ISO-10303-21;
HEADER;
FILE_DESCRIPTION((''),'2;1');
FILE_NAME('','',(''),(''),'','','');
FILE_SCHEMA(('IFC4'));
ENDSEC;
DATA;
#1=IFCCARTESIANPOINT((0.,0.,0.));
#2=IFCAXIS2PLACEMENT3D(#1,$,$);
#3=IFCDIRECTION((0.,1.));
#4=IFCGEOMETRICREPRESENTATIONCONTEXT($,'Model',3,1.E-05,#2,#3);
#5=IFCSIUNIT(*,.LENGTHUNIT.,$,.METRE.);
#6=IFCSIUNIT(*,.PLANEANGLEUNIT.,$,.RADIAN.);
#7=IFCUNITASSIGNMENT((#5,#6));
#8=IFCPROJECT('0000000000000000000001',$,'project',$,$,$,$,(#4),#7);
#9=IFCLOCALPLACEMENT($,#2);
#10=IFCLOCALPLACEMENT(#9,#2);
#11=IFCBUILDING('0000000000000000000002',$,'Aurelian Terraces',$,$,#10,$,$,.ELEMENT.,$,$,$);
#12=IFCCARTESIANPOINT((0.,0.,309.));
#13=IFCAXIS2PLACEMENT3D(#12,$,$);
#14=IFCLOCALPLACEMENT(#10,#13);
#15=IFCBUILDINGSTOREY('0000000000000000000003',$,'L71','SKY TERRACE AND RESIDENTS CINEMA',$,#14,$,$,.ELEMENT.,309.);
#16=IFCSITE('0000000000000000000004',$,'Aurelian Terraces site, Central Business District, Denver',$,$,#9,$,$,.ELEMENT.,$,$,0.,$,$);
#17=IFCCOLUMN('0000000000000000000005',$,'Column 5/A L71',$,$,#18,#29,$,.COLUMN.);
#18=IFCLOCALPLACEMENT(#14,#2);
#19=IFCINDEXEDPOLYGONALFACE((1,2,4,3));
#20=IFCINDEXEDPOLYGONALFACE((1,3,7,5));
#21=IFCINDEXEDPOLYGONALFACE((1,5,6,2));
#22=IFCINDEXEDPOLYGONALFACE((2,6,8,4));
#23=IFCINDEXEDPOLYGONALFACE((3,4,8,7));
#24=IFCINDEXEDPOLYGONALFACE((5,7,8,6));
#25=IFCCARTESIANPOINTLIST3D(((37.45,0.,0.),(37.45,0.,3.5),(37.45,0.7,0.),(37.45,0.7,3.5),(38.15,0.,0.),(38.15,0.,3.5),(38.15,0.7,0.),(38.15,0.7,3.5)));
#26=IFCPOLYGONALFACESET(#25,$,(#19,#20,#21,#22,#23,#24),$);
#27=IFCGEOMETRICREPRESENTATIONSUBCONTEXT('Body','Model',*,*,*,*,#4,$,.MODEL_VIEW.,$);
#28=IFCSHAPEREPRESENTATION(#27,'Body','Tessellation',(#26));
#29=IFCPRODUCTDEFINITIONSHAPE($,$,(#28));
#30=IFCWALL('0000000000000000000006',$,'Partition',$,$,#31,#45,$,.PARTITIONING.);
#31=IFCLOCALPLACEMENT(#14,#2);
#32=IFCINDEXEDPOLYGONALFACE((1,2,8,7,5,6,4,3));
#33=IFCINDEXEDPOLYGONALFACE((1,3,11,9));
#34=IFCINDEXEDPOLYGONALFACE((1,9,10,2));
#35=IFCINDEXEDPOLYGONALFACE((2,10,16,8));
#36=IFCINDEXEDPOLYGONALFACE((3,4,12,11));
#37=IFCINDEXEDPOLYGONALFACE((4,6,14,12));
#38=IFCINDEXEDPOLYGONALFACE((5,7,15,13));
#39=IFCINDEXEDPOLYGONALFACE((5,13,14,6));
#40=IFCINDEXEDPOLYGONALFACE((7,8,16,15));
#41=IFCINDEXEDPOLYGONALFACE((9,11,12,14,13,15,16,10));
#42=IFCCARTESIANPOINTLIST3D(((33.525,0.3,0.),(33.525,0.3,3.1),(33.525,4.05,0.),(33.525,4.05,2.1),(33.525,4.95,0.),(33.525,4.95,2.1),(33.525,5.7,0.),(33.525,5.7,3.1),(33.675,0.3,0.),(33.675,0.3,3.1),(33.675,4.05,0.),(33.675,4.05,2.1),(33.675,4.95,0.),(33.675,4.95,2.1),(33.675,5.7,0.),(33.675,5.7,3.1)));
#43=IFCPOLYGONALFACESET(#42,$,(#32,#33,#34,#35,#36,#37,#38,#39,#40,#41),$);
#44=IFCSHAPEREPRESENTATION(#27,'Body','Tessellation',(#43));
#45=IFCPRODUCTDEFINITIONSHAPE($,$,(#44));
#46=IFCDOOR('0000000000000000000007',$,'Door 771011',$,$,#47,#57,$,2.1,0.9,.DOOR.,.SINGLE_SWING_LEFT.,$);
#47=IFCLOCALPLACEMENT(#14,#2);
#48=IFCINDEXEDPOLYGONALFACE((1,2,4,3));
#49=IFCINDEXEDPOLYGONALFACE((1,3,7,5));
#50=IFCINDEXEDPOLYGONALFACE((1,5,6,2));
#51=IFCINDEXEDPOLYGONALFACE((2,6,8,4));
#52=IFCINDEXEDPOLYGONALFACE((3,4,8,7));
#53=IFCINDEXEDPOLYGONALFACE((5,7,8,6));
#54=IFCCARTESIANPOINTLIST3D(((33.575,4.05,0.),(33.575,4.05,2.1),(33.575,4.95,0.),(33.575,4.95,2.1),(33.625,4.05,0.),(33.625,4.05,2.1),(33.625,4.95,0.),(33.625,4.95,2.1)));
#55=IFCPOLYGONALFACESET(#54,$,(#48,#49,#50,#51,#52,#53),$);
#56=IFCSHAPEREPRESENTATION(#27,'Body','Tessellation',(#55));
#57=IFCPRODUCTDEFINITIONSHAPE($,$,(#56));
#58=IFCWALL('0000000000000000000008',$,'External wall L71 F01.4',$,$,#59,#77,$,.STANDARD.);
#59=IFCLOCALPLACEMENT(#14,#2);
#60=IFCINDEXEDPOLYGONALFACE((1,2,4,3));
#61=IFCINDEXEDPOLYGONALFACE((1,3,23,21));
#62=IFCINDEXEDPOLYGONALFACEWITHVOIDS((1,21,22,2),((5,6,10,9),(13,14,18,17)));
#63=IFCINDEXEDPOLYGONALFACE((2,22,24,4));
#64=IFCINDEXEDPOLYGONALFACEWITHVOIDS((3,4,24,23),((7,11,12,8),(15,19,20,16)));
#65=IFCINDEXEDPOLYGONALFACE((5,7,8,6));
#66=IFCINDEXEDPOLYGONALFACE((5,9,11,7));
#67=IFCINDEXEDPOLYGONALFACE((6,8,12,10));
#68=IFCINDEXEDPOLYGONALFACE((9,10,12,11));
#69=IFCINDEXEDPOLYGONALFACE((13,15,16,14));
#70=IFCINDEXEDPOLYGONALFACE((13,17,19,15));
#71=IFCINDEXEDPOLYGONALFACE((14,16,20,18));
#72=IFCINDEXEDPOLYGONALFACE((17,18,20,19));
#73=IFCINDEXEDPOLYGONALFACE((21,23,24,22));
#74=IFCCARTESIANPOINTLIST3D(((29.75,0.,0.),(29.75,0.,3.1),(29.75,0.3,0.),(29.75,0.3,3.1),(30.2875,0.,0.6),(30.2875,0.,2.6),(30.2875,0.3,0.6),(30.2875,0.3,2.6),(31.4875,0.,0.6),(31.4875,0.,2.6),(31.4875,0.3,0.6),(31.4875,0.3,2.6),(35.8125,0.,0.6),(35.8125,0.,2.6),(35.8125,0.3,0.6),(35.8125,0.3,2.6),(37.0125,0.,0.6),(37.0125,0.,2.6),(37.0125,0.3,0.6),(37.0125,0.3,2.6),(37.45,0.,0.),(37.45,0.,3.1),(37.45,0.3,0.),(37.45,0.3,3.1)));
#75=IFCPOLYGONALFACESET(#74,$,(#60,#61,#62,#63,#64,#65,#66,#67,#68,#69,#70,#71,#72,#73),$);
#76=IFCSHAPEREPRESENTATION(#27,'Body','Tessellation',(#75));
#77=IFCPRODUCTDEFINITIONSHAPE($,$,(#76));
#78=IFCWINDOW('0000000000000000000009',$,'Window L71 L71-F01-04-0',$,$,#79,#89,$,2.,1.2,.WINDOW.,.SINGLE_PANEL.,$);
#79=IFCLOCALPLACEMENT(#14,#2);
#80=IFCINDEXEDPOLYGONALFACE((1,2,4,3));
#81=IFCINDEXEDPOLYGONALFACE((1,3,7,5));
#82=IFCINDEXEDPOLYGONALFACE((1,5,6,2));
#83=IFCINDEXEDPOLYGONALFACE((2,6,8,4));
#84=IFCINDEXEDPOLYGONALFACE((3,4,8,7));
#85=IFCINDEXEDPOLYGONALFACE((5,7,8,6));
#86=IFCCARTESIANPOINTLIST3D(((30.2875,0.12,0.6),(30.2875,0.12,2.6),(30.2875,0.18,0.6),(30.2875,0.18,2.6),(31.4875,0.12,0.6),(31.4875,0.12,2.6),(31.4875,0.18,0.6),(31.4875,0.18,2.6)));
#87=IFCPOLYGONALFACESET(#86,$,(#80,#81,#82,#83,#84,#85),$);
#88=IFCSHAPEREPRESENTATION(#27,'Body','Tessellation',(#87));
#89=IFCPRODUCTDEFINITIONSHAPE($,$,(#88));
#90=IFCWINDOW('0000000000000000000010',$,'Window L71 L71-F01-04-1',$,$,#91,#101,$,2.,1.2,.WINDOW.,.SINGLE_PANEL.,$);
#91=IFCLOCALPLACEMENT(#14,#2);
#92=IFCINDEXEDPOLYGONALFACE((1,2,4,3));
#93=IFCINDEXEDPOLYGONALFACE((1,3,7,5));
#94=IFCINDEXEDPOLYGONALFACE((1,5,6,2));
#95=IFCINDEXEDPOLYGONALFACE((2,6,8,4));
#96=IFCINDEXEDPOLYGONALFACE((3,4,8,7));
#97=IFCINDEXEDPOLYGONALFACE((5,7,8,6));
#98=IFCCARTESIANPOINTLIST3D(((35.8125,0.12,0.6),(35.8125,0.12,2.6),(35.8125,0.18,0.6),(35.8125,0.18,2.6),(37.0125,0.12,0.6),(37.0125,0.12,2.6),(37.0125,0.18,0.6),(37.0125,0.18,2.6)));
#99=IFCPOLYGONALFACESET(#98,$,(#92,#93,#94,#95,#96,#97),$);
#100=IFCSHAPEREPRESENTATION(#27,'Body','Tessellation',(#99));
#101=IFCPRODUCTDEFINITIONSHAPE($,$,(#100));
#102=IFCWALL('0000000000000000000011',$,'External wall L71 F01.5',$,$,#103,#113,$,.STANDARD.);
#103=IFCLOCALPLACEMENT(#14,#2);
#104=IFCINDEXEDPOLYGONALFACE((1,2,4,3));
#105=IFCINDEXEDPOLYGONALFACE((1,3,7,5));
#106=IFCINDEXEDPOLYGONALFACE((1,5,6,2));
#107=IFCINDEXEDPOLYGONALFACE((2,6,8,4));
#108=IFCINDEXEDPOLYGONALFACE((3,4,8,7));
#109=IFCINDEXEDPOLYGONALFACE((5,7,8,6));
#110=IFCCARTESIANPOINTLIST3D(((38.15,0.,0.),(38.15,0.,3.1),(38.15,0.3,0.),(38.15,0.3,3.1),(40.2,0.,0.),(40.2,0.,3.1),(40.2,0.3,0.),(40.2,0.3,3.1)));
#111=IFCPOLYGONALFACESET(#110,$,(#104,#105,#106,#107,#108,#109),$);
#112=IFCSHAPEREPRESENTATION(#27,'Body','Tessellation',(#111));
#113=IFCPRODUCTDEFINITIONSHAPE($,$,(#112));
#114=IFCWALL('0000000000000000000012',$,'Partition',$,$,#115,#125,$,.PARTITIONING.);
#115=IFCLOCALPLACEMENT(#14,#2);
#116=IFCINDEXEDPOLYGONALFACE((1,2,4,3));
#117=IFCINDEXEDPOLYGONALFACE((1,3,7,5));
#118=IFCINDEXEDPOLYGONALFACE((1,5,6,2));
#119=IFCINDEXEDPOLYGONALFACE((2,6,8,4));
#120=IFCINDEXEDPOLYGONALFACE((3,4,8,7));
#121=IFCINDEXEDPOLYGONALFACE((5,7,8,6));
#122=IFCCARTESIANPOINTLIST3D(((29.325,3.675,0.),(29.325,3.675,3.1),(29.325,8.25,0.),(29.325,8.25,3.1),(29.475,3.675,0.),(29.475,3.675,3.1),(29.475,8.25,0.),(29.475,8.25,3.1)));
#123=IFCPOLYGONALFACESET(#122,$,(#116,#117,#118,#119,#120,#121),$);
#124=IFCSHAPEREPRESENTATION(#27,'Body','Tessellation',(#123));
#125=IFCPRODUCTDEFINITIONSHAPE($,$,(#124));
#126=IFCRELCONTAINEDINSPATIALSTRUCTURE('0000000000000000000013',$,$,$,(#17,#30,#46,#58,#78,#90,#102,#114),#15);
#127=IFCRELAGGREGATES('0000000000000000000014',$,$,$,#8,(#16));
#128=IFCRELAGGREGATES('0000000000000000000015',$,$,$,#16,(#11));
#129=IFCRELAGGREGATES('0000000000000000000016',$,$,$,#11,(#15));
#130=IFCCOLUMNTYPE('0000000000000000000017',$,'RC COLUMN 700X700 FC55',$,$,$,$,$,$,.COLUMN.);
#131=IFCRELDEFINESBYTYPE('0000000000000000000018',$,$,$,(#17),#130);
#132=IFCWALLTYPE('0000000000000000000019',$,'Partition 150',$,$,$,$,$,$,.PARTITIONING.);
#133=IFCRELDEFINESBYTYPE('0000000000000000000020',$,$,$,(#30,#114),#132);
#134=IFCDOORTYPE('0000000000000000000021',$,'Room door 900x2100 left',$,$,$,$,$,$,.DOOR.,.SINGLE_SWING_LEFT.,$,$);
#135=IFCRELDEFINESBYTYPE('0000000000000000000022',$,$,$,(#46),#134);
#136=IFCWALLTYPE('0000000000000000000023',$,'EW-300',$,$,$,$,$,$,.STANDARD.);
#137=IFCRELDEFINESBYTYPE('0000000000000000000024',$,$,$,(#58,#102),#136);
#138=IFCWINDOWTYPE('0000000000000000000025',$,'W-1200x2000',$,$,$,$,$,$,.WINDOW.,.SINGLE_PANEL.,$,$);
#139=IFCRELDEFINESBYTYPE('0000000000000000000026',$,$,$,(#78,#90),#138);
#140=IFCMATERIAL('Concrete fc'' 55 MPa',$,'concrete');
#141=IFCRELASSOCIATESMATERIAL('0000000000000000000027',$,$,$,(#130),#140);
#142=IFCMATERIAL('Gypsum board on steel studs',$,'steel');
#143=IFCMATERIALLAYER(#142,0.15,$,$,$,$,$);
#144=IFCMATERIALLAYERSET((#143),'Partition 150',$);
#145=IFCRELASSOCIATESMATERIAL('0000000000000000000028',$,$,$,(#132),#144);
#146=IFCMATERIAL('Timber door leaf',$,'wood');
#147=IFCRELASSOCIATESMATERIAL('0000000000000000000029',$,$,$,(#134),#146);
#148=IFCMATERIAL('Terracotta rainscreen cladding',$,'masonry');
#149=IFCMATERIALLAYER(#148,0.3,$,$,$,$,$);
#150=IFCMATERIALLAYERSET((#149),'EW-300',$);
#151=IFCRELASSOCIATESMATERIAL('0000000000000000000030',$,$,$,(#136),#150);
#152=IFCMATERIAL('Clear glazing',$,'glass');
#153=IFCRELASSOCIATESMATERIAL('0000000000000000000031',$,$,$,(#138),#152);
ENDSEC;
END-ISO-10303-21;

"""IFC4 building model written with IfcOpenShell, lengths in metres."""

from ifc_helpers import new_model, si_unit, direction, frame, frame_2d, origin, origin_2d, place, context, subcontext, project, spatial, rectangle, extrude, source, transform, mapped, material, layer, layer_set, material_profile, profile_set, type_object, element, fill, save


model = new_model("IFC4")

# Units and contexts
model_context = context("Model", 3, precision=1e-05, world=origin(), true_north=direction((0.0, 1.0)))
body_context = subcontext(model_context, "Body", "Model", "MODEL_VIEW")
ifc_project = project(units=[si_unit("LENGTHUNIT", "METRE"), si_unit("PLANEANGLEUNIT", "RADIAN")], contexts=[model_context])

# Site, building, storey
site_placement = place(None, origin())
site = spatial("IfcSite", under=ifc_project, at=site_placement, Name="Aurelian Terraces site, Central Business District, Denver", CompositionType="ELEMENT", RefElevation=0.0)
building_placement = place(site_placement, origin())
building = spatial("IfcBuilding", under=site, at=building_placement, Name="Aurelian Terraces", CompositionType="ELEMENT")
storey_placement = place(building_placement, frame((0.0, 0.0, 309.0)))
storey = spatial("IfcBuildingStorey", under=building, at=storey_placement, Name="L71", Description="SKY TERRACE AND RESIDENTS CINEMA", CompositionType="ELEMENT", Elevation=309.0)

# Column
ifc_material_1 = material(Name="Concrete fc' 55 MPa", Category="concrete")
ifc_material_profile = material_profile(ifc_material_1, rectangle(XDim=0.7, YDim=0.7, at=origin_2d()))
ifc_profile_set = profile_set([ifc_material_profile], Name="Concrete fc' 55 MPa")
column_type = type_object("IfcColumnType", Name="RC COLUMN 700X700 FC55", PredefinedType="COLUMN", material=ifc_profile_set)
shared_shape_1 = source(origin(), body_context, "Body", "SweptSolid", [
    extrude(rectangle(XDim=0.7, YDim=0.7, at=origin_2d()), origin(), (0.0, 0.0, 1.0), 3.5),
])
column_placement = place(storey_placement, frame((37.8, 0.35, 0.0), z_axis=(0.0, 0.0, 1.0), x_axis=(1.0, 0.0, 0.0)))
element("IfcColumn", 1, at=column_placement, inside=storey, type_object=column_type, Name="Column 5/A L71", PredefinedType="COLUMN", context=body_context, shape_type="MappedRepresentation", body=[
    mapped(shared_shape_1, transform((0.0, 0.0, 0.0), scale=1.0)),
])

# Wall, opening, door
ifc_material_2 = material(Name="Gypsum board on steel studs", Category="steel")
ifc_layer_1 = layer(ifc_material_2, 0.15)
ifc_layer_set_1 = layer_set([ifc_layer_1], Name="Partition 150")
wall_type_1 = type_object("IfcWallType", Name="Partition 150", PredefinedType="PARTITIONING", material=ifc_layer_set_1)
wall_1_placement = place(storey_placement, frame((33.6, 0.3, 0.0), z_axis=(0.0, 0.0, 1.0), x_axis=(0.0, 1.0, 0.0)))
wall_1 = element("IfcWall", 2, at=wall_1_placement, inside=storey, type_object=wall_type_1, Name="Partition", PredefinedType="PARTITIONING", context=body_context, shape_type="SweptSolid", body=[
    extrude(rectangle(XDim=5.4, YDim=0.15, at=frame_2d((2.7, 0.0))), origin(), (0.0, 0.0, 1.0), 3.1),
])
shared_shape_2 = source(origin(), body_context, "Body", "SweptSolid", [
    extrude(rectangle(XDim=0.9, YDim=2.1, at=frame_2d((0.45, 1.05))), frame((0.0, 0.085, 0.0), z_axis=(0.0, -1.0, 0.0), x_axis=(1.0, 0.0, 0.0)), (0.0, 0.0, 1.0), 0.17),
])
opening_1_placement = place(wall_1_placement, frame((3.75, 0.0, 0.0)))
opening_1 = element("IfcOpeningElement", 3, at=opening_1_placement, cuts=wall_1, PredefinedType="OPENING", context=body_context, shape_type="MappedRepresentation", body=[
    mapped(shared_shape_2, transform((0.0, 0.0, 0.0), scale=1.0)),
])
ifc_material_3 = material(Name="Timber door leaf", Category="wood")
door_type_1 = type_object("IfcDoorType", Name="Room door 900x2100 left", OperationType="SINGLE_SWING_LEFT", PredefinedType="DOOR", material=ifc_material_3)
shared_shape_3 = source(origin(), body_context, "Body", "SweptSolid", [
    extrude(rectangle(XDim=0.9, YDim=2.1, at=frame_2d((0.45, 1.05))), frame((0.0, 0.025, 0.0), z_axis=(0.0, -1.0, 0.0), x_axis=(1.0, 0.0, 0.0)), (0.0, 0.0, 1.0), 0.05),
])
door_1_placement = place(opening_1_placement, origin())
door_1 = element("IfcDoor", 4, at=door_1_placement, inside=storey, type_object=door_type_1, Name="Door 771011", OperationType="SINGLE_SWING_LEFT", OverallHeight=2.1, OverallWidth=0.9, PredefinedType="DOOR", context=body_context, shape_type="MappedRepresentation", body=[
    mapped(shared_shape_3, transform((0.0, 0.0, 0.0), scale=1.0)),
])
fill(opening_1, door_1)

# Wall, openings, windows
ifc_material_4 = material(Name="Terracotta rainscreen cladding", Category="masonry")
ifc_layer_2 = layer(ifc_material_4, 0.3)
ifc_layer_set_2 = layer_set([ifc_layer_2], Name="EW-300")
wall_type_2 = type_object("IfcWallType", Name="EW-300", PredefinedType="STANDARD", material=ifc_layer_set_2)
shared_shape_4 = source(origin(), body_context, "Body", "SweptSolid", [
    extrude(rectangle(XDim=7.7, YDim=0.3, at=frame_2d((3.85, 0.0))), origin(), (0.0, 0.0, 1.0), 3.1),
])
wall_2_placement = place(storey_placement, frame((29.75, 0.15, 0.0), z_axis=(0.0, 0.0, 1.0), x_axis=(1.0, 0.0, 0.0)))
wall_2 = element("IfcWall", 5, at=wall_2_placement, inside=storey, type_object=wall_type_2, Name="External wall L71 F01.4", PredefinedType="STANDARD", context=body_context, shape_type="MappedRepresentation", body=[
    mapped(shared_shape_4, transform((0.0, 0.0, 0.0), scale=1.0)),
])
shared_shape_5 = source(origin(), body_context, "Body", "SweptSolid", [
    extrude(rectangle(XDim=1.2, YDim=2.0, at=frame_2d((0.6, 1.0))), frame((0.0, 0.16, 0.0), z_axis=(0.0, -1.0, 0.0), x_axis=(1.0, 0.0, 0.0)), (0.0, 0.0, 1.0), 0.32),
])
opening_2_placement = place(wall_2_placement, frame((0.5375, 0.0, 0.6)))
opening_2 = element("IfcOpeningElement", 6, at=opening_2_placement, cuts=wall_2, PredefinedType="OPENING", context=body_context, shape_type="MappedRepresentation", body=[
    mapped(shared_shape_5, transform((0.0, 0.0, 0.0), scale=1.0)),
])
opening_3_placement = place(wall_2_placement, frame((6.0625, 0.0, 0.6)))
opening_3 = element("IfcOpeningElement", 7, at=opening_3_placement, cuts=wall_2, PredefinedType="OPENING", context=body_context, shape_type="MappedRepresentation", body=[
    mapped(shared_shape_5, transform((0.0, 0.0, 0.0), scale=1.0)),
])
ifc_material_5 = material(Name="Clear glazing", Category="glass")
window_type = type_object("IfcWindowType", Name="W-1200x2000", PartitioningType="SINGLE_PANEL", PredefinedType="WINDOW", material=ifc_material_5)
shared_shape_6 = source(origin(), body_context, "Body", "SweptSolid", [
    extrude(rectangle(XDim=1.2, YDim=2.0, at=frame_2d((0.6, 1.0))), frame((0.0, 0.03, 0.0), z_axis=(0.0, -1.0, 0.0), x_axis=(1.0, 0.0, 0.0)), (0.0, 0.0, 1.0), 0.06),
])
window_1_placement = place(opening_2_placement, origin())
window_1 = element("IfcWindow", 8, at=window_1_placement, inside=storey, type_object=window_type, Name="Window L71 L71-F01-04-0", OverallHeight=2.0, OverallWidth=1.2, PartitioningType="SINGLE_PANEL", PredefinedType="WINDOW", context=body_context, shape_type="MappedRepresentation", body=[
    mapped(shared_shape_6, transform((0.0, 0.0, 0.0), scale=1.0)),
])
fill(opening_2, window_1)
window_2_placement = place(opening_3_placement, origin())
window_2 = element("IfcWindow", 9, at=window_2_placement, inside=storey, type_object=window_type, Name="Window L71 L71-F01-04-1", OverallHeight=2.0, OverallWidth=1.2, PartitioningType="SINGLE_PANEL", PredefinedType="WINDOW", context=body_context, shape_type="MappedRepresentation", body=[
    mapped(shared_shape_6, transform((0.0, 0.0, 0.0), scale=1.0)),
])
fill(opening_3, window_2)

# Walls
shared_shape_7 = source(origin(), body_context, "Body", "SweptSolid", [
    extrude(rectangle(XDim=2.05, YDim=0.3, at=frame_2d((1.025, 0.0))), origin(), (0.0, 0.0, 1.0), 3.1),
])
wall_3_placement = place(storey_placement, frame((38.15, 0.15, 0.0), z_axis=(0.0, 0.0, 1.0), x_axis=(1.0, 0.0, 0.0)))
element("IfcWall", 10, at=wall_3_placement, inside=storey, type_object=wall_type_2, Name="External wall L71 F01.5", PredefinedType="STANDARD", context=body_context, shape_type="MappedRepresentation", body=[
    mapped(shared_shape_7, transform((0.0, 0.0, 0.0), scale=1.0)),
])
shared_shape_8 = source(origin(), body_context, "Body", "SweptSolid", [
    extrude(rectangle(XDim=4.575, YDim=0.15, at=frame_2d((2.2875, 0.0))), origin(), (0.0, 0.0, 1.0), 3.1),
])
wall_4_placement = place(storey_placement, frame((29.4, 3.675, 0.0), z_axis=(0.0, 0.0, 1.0), x_axis=(0.0, 1.0, 0.0)))
element("IfcWall", 11, at=wall_4_placement, inside=storey, type_object=wall_type_1, Name="Partition", PredefinedType="PARTITIONING", context=body_context, shape_type="MappedRepresentation", body=[
    mapped(shared_shape_8, transform((0.0, 0.0, 0.0), scale=1.0)),
])

save(model, "model.ifc")
